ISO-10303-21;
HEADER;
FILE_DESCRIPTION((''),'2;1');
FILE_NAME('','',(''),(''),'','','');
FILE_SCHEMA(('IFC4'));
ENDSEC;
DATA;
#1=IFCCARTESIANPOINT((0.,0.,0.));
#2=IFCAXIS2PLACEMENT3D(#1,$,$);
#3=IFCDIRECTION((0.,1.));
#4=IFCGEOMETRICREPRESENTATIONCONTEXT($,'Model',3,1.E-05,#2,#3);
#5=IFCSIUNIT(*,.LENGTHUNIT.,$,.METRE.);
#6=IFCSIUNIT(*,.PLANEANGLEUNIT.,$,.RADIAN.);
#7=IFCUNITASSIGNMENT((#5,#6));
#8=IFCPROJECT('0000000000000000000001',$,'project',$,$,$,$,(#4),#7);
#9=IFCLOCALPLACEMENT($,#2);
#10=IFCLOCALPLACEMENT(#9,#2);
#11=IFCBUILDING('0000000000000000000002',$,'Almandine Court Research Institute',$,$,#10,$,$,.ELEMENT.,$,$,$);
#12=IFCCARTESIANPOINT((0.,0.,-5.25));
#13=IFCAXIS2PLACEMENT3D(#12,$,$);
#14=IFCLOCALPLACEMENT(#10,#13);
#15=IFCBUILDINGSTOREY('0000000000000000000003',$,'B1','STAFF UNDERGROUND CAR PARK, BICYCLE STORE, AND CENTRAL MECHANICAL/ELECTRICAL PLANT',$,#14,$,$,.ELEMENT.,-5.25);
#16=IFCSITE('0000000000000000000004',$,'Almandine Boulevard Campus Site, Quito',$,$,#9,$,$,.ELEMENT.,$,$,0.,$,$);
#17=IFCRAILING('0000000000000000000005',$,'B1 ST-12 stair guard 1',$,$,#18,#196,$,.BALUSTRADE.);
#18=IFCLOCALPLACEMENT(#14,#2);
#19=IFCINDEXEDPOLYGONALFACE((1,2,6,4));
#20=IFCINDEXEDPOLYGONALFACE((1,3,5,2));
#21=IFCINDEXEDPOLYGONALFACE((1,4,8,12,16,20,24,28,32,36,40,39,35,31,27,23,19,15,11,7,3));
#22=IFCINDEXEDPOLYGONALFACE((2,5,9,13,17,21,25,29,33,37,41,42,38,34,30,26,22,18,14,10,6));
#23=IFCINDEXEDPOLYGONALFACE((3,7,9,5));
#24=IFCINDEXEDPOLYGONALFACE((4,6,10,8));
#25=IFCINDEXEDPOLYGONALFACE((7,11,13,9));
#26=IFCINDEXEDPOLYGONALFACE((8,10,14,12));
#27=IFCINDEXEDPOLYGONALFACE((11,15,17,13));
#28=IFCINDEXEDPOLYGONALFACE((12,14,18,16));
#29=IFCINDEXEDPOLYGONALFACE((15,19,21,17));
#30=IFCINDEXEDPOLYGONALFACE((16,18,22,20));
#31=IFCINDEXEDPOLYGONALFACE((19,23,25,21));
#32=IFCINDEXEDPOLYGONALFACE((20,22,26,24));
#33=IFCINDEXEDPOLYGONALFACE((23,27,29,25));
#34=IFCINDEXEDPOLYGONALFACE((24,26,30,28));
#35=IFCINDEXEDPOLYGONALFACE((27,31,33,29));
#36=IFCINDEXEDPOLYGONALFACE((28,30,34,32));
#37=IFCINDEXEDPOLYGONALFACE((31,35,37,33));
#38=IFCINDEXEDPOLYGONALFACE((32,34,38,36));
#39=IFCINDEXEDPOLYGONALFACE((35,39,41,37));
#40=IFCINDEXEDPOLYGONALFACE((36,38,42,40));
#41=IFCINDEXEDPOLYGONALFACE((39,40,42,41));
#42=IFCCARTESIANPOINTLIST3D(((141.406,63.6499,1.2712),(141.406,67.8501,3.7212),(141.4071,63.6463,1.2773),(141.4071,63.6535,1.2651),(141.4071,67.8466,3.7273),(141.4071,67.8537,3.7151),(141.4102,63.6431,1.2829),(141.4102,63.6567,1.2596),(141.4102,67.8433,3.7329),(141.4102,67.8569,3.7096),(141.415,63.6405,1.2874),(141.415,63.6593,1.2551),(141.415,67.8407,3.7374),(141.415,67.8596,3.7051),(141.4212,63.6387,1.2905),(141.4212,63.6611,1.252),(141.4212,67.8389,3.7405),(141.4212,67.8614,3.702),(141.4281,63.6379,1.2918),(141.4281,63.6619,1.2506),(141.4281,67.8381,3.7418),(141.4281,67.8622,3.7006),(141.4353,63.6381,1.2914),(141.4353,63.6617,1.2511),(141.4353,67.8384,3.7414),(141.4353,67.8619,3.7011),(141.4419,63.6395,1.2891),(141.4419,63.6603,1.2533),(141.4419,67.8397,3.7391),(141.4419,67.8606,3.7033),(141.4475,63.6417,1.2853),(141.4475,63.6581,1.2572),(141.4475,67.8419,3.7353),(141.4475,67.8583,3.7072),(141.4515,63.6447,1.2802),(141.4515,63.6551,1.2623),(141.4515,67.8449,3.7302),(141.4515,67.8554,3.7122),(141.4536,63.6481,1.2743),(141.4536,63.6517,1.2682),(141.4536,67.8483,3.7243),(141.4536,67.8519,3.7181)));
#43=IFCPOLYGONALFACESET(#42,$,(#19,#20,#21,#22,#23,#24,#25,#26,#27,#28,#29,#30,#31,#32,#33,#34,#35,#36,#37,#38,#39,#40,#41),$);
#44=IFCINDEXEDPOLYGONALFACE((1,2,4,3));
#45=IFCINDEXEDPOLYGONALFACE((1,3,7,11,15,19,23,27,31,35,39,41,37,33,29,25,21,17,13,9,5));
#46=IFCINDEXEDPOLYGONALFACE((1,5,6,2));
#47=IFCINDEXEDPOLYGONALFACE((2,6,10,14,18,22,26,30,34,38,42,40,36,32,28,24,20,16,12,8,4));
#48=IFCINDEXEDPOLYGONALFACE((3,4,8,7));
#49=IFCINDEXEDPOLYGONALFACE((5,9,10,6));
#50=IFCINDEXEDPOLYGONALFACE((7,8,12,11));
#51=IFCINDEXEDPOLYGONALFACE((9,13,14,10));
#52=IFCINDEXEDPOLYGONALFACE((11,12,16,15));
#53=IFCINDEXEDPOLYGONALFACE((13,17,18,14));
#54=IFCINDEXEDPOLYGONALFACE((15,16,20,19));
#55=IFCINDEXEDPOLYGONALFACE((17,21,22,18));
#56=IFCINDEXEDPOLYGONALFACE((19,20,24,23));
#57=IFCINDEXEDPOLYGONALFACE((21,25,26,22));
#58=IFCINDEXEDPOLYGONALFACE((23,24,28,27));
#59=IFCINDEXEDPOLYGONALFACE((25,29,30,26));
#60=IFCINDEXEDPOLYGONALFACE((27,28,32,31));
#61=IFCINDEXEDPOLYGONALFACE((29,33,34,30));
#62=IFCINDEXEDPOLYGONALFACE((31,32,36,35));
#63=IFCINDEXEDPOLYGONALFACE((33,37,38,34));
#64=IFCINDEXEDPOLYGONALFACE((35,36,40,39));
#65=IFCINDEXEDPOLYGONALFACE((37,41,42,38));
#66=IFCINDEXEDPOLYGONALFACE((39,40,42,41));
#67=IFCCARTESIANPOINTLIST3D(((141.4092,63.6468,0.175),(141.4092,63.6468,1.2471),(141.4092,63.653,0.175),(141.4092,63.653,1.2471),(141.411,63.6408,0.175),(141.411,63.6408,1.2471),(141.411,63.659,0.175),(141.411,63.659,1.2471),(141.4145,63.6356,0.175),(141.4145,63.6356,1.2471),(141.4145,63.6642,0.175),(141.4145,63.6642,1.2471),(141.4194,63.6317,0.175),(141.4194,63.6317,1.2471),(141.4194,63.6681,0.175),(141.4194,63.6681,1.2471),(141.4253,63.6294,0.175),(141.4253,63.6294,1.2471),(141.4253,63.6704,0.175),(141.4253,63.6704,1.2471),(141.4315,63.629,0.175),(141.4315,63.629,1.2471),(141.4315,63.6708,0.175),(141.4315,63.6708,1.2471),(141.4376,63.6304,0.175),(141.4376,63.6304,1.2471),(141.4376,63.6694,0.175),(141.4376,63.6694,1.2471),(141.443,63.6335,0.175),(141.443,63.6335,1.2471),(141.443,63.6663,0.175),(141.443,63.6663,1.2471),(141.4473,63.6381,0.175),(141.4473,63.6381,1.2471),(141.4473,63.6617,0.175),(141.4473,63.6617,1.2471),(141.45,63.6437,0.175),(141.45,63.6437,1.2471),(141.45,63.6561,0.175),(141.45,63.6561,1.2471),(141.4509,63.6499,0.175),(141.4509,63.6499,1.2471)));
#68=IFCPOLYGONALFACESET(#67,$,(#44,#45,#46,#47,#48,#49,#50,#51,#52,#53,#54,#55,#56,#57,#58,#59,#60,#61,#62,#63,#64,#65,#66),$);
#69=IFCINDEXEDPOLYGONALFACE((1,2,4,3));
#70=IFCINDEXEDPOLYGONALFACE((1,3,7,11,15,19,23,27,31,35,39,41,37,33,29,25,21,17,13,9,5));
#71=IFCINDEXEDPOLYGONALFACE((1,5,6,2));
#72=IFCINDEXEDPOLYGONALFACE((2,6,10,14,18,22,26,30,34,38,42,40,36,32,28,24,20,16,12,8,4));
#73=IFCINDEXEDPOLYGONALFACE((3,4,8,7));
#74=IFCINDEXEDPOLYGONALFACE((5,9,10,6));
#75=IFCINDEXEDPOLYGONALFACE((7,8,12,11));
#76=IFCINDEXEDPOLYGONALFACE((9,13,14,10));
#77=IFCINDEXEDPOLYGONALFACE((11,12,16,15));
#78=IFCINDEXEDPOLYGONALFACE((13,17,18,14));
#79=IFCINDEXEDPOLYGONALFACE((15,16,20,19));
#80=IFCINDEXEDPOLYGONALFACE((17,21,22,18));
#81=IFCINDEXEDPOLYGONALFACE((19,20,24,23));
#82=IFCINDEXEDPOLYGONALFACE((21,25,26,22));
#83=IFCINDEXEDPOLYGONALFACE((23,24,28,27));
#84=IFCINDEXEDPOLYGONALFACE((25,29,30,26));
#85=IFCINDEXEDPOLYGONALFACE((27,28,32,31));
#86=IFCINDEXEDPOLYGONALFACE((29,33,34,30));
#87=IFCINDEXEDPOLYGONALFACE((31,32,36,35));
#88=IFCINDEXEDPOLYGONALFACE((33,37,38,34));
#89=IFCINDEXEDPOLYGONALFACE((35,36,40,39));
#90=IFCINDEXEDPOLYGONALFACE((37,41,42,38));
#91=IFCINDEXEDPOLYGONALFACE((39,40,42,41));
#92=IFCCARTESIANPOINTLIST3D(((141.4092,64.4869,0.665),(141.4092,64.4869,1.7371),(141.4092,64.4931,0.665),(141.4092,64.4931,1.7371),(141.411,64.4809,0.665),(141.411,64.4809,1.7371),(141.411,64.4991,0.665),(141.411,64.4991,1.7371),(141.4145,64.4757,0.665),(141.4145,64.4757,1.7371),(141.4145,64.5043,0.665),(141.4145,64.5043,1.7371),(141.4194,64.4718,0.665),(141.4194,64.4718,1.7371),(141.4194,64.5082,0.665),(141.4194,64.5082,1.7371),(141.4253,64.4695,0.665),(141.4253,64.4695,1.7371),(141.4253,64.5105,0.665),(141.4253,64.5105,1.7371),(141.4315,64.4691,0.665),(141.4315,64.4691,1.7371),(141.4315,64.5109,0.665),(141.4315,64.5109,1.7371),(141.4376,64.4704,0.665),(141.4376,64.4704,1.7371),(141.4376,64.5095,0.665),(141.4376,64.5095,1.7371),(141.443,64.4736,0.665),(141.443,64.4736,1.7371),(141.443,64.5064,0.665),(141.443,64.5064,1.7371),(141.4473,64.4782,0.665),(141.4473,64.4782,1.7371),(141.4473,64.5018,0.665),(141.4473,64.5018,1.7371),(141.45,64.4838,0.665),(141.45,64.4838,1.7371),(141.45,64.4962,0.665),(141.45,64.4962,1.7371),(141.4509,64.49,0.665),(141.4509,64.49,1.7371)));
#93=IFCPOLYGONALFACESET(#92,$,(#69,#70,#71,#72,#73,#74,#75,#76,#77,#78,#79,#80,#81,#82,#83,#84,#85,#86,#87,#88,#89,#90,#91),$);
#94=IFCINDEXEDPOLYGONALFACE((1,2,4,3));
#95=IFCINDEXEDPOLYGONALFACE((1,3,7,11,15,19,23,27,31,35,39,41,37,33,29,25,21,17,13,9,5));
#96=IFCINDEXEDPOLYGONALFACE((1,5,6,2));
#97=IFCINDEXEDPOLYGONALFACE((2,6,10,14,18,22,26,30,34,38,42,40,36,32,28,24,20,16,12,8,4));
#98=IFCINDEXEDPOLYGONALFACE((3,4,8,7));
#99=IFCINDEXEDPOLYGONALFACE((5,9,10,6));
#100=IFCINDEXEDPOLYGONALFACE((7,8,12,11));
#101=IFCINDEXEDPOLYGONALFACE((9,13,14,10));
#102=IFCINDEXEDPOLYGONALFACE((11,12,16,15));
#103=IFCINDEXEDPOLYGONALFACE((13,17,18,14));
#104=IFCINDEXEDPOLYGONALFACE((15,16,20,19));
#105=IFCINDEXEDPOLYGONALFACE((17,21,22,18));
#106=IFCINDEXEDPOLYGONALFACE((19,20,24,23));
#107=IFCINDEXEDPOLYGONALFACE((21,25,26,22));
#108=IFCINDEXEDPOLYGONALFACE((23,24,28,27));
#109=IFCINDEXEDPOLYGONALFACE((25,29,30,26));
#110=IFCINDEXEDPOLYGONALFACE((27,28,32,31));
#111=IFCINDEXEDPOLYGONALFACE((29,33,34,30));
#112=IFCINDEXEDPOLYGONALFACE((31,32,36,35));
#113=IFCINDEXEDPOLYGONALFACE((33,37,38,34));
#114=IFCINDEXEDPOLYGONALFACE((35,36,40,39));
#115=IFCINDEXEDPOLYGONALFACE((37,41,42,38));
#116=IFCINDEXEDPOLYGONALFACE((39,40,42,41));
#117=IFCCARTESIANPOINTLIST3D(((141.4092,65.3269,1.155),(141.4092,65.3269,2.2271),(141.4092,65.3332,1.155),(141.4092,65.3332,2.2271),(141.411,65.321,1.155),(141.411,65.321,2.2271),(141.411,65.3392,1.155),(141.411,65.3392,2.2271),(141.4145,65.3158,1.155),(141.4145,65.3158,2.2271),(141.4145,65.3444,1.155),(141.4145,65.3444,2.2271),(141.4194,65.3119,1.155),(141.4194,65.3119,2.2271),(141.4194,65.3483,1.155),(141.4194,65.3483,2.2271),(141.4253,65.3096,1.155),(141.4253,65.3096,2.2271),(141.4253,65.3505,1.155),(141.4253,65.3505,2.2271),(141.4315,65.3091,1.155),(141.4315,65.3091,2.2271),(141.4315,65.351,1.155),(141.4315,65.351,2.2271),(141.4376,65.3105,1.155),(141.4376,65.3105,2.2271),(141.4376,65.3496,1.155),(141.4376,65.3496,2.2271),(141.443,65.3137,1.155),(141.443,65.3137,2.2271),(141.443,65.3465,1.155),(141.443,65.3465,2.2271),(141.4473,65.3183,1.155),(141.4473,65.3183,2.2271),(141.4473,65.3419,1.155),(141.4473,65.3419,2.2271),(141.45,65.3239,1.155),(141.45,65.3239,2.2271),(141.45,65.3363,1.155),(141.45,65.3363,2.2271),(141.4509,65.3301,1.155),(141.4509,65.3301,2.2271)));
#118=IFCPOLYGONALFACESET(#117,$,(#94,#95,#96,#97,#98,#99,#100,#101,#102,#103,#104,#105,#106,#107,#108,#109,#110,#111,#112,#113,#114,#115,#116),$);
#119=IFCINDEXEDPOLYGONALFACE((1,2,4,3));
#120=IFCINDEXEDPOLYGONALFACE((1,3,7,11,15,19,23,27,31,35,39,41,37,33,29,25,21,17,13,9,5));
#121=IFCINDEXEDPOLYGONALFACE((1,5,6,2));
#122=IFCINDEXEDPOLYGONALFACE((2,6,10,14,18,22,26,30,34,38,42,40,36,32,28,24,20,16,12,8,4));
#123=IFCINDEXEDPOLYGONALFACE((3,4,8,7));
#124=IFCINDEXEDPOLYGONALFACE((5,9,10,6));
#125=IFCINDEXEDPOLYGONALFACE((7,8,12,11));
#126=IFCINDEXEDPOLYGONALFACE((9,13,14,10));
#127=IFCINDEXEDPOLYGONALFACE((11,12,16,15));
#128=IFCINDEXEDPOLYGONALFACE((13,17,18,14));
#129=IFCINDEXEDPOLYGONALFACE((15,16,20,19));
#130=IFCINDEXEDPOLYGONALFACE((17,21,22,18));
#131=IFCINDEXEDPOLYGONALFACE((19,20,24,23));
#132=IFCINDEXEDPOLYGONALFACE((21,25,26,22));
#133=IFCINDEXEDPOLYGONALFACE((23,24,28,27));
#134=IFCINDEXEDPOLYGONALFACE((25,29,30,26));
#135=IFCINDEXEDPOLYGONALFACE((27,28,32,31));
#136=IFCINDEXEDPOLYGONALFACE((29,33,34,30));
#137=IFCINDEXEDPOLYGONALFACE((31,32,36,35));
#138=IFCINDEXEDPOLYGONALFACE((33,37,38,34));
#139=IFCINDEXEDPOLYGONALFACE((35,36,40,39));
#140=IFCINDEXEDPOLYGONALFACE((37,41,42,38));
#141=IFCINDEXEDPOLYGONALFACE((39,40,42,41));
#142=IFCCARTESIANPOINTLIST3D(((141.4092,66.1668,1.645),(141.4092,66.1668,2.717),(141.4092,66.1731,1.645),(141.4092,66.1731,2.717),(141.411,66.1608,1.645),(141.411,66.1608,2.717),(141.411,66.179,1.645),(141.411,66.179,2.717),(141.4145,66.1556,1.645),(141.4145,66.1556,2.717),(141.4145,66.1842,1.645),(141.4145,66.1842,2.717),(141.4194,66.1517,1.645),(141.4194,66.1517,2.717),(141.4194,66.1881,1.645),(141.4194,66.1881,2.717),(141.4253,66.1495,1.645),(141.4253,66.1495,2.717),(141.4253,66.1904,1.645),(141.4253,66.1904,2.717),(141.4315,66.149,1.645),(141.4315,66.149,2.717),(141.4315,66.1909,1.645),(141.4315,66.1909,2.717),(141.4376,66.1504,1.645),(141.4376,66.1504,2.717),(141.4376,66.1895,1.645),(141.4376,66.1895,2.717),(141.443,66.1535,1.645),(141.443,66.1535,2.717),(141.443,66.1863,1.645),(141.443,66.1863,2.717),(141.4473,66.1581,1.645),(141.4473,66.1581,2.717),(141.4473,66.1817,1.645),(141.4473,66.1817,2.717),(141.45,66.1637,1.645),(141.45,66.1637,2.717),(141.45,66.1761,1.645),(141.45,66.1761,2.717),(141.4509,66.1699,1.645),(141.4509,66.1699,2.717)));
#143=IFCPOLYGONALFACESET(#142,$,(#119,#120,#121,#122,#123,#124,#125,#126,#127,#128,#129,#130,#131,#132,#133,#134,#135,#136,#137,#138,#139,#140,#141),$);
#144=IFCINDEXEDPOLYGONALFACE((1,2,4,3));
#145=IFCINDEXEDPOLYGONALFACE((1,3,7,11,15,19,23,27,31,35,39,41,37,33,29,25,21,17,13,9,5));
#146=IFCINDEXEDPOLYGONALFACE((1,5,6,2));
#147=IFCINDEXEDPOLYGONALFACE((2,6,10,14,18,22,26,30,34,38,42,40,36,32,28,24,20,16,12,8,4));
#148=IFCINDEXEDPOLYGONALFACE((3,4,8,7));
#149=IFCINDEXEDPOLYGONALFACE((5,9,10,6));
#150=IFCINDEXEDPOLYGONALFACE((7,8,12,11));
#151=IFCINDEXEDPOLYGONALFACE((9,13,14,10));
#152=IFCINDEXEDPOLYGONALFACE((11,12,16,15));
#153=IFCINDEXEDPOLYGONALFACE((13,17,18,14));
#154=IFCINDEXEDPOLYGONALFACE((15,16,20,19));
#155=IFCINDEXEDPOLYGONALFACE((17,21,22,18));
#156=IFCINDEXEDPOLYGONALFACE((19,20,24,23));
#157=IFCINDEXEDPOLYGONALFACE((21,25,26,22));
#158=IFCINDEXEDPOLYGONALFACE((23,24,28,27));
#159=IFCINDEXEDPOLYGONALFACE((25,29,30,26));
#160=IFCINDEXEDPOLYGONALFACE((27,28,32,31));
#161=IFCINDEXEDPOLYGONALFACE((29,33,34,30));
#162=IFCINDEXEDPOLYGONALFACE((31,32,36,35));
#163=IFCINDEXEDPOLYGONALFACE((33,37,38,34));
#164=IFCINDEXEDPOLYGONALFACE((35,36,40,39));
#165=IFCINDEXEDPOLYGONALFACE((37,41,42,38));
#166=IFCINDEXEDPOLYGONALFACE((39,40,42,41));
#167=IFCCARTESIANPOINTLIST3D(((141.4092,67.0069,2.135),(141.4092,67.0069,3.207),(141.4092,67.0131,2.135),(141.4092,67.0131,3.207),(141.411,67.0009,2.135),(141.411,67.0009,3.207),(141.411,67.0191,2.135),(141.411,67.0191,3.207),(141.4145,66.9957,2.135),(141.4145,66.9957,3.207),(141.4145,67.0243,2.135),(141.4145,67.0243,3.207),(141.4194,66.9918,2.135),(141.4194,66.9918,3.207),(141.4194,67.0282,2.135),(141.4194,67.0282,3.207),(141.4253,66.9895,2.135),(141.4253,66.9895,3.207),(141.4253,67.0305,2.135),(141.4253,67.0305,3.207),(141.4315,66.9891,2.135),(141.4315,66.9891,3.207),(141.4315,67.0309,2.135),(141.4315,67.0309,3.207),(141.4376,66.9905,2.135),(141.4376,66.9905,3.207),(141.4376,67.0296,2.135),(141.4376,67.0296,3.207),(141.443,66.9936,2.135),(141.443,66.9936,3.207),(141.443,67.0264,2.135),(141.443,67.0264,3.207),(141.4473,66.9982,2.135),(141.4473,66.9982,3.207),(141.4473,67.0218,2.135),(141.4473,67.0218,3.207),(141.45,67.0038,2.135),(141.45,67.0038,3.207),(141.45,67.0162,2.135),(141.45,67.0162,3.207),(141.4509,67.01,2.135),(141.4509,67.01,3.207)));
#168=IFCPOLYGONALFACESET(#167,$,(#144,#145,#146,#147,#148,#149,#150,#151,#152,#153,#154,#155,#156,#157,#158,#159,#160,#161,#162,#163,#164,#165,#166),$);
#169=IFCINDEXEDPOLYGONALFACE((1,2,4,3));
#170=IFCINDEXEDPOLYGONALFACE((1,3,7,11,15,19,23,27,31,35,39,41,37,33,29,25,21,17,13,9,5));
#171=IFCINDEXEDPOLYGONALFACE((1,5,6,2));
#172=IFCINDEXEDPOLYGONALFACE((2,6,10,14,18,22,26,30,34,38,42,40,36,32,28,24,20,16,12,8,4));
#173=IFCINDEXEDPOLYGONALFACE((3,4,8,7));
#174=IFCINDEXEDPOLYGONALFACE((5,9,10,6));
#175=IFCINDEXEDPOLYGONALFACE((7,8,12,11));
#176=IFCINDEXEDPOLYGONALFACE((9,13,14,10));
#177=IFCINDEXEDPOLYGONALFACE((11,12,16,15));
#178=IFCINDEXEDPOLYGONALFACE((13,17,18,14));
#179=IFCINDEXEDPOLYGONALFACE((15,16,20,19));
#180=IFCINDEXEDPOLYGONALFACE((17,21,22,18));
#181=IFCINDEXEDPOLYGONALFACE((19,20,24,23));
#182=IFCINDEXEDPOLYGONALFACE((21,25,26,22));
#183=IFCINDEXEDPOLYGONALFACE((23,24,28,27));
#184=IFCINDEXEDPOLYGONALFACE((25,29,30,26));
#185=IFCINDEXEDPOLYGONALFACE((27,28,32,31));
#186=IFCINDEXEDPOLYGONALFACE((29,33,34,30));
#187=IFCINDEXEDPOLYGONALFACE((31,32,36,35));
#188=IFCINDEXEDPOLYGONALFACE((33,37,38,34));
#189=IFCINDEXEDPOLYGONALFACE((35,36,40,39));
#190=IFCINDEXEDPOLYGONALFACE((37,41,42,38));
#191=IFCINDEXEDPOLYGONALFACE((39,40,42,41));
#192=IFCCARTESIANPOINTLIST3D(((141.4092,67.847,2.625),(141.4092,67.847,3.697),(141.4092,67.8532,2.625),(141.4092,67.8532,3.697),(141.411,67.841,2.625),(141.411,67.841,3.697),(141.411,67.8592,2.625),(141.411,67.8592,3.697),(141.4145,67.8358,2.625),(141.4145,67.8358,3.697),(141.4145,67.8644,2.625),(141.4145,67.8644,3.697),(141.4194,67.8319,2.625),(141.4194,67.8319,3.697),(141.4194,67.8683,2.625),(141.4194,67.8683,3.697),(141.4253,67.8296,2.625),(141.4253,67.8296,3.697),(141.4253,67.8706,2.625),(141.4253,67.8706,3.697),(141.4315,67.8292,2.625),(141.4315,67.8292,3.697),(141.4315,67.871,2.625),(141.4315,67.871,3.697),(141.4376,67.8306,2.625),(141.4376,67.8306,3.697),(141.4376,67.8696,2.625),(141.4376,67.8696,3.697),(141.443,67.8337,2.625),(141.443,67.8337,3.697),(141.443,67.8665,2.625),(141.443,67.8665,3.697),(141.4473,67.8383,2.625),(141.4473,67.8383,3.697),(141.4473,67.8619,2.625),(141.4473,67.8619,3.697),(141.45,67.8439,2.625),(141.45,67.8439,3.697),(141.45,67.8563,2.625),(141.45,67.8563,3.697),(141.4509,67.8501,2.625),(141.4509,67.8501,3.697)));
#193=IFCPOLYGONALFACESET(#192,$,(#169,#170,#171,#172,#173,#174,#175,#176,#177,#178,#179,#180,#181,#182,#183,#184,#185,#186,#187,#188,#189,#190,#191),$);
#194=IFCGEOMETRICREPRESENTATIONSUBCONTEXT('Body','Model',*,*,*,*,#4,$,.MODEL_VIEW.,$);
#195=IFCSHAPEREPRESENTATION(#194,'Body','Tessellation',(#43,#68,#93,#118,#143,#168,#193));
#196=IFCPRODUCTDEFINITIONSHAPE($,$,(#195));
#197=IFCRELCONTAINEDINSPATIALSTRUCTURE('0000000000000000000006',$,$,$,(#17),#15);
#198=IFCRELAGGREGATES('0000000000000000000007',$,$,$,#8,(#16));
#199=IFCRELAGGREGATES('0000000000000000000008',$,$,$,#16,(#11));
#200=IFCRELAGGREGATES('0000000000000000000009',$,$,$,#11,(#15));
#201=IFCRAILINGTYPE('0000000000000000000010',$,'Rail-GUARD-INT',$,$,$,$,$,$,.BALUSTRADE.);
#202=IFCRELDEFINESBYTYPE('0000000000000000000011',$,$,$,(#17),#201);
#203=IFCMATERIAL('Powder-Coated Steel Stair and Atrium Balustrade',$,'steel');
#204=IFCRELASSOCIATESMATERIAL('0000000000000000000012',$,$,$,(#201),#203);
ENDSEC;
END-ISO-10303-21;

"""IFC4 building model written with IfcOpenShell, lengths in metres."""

from ifc_helpers import new_model, si_unit, direction, frame, origin, origin_2d, place, context, subcontext, project, spatial, circle, extrude, material, type_object, element, save


model = new_model("IFC4")

# Units and contexts
model_context = context("Model", 3, precision=1e-05, world=origin(), true_north=direction((0.0, 1.0)))
body_context = subcontext(model_context, "Body", "Model", "MODEL_VIEW")
ifc_project = project(units=[si_unit("LENGTHUNIT", "METRE"), si_unit("PLANEANGLEUNIT", "RADIAN")], contexts=[model_context])

# Site, building, storey
site_placement = place(None, origin())
site = spatial("IfcSite", under=ifc_project, at=site_placement, Name="Almandine Boulevard Campus Site, Quito", CompositionType="ELEMENT", RefElevation=0.0)
building_placement = place(site_placement, origin())
building = spatial("IfcBuilding", under=site, at=building_placement, Name="Almandine Court Research Institute", CompositionType="ELEMENT")
storey_placement = place(building_placement, frame((0.0, 0.0, -5.25)))
storey = spatial("IfcBuildingStorey", under=building, at=storey_placement, Name="B1", Description="STAFF UNDERGROUND CAR PARK, BICYCLE STORE, AND CENTRAL MECHANICAL/ELECTRICAL PLANT", CompositionType="ELEMENT", Elevation=-5.25)

# Railing
ifc_material_1 = material(Name="Powder-Coated Steel Stair and Atrium Balustrade", Category="steel")
railing_type_1 = type_object("IfcRailingType", Name="Rail-GUARD-INT", PredefinedType="BALUSTRADE", material=ifc_material_1)
railing_1_placement = place(storey_placement, frame((141.4299, 63.6499, 0.175)))
element("IfcRailing", 1, at=railing_1_placement, inside=storey, type_object=railing_type_1, Name="B1 ST-12 stair guard 1", PredefinedType="BALUSTRADE", context=body_context, shape_type="SweptSolid", body=[
    extrude(circle(Radius=0.0239, at=origin_2d()), frame((0.0, 0.0, 1.0962), z_axis=(0.0, 0.863793, 0.503846), x_axis=(-1.0, 0.0, 0.0)), (0.0, 0.0, 1.0), 4.8625),
    extrude(circle(Radius=0.021, at=origin_2d()), origin(), (0.0, 0.0, 1.0), 1.072),
    extrude(circle(Radius=0.021, at=origin_2d()), frame((0.0, 0.8401, 0.49)), (0.0, 0.0, 1.0), 1.072),
    extrude(circle(Radius=0.021, at=origin_2d()), frame((0.0, 1.6802, 0.98)), (0.0, 0.0, 1.0), 1.072),
    extrude(circle(Radius=0.021, at=origin_2d()), frame((0.0, 2.52, 1.47)), (0.0, 0.0, 1.0), 1.072),
    extrude(circle(Radius=0.021, at=origin_2d()), frame((0.0, 3.3601, 1.96)), (0.0, 0.0, 1.0), 1.072),
    extrude(circle(Radius=0.021, at=origin_2d()), frame((0.0, 4.2002, 2.45)), (0.0, 0.0, 1.0), 1.072),
])

save(model, "model.ifc")
